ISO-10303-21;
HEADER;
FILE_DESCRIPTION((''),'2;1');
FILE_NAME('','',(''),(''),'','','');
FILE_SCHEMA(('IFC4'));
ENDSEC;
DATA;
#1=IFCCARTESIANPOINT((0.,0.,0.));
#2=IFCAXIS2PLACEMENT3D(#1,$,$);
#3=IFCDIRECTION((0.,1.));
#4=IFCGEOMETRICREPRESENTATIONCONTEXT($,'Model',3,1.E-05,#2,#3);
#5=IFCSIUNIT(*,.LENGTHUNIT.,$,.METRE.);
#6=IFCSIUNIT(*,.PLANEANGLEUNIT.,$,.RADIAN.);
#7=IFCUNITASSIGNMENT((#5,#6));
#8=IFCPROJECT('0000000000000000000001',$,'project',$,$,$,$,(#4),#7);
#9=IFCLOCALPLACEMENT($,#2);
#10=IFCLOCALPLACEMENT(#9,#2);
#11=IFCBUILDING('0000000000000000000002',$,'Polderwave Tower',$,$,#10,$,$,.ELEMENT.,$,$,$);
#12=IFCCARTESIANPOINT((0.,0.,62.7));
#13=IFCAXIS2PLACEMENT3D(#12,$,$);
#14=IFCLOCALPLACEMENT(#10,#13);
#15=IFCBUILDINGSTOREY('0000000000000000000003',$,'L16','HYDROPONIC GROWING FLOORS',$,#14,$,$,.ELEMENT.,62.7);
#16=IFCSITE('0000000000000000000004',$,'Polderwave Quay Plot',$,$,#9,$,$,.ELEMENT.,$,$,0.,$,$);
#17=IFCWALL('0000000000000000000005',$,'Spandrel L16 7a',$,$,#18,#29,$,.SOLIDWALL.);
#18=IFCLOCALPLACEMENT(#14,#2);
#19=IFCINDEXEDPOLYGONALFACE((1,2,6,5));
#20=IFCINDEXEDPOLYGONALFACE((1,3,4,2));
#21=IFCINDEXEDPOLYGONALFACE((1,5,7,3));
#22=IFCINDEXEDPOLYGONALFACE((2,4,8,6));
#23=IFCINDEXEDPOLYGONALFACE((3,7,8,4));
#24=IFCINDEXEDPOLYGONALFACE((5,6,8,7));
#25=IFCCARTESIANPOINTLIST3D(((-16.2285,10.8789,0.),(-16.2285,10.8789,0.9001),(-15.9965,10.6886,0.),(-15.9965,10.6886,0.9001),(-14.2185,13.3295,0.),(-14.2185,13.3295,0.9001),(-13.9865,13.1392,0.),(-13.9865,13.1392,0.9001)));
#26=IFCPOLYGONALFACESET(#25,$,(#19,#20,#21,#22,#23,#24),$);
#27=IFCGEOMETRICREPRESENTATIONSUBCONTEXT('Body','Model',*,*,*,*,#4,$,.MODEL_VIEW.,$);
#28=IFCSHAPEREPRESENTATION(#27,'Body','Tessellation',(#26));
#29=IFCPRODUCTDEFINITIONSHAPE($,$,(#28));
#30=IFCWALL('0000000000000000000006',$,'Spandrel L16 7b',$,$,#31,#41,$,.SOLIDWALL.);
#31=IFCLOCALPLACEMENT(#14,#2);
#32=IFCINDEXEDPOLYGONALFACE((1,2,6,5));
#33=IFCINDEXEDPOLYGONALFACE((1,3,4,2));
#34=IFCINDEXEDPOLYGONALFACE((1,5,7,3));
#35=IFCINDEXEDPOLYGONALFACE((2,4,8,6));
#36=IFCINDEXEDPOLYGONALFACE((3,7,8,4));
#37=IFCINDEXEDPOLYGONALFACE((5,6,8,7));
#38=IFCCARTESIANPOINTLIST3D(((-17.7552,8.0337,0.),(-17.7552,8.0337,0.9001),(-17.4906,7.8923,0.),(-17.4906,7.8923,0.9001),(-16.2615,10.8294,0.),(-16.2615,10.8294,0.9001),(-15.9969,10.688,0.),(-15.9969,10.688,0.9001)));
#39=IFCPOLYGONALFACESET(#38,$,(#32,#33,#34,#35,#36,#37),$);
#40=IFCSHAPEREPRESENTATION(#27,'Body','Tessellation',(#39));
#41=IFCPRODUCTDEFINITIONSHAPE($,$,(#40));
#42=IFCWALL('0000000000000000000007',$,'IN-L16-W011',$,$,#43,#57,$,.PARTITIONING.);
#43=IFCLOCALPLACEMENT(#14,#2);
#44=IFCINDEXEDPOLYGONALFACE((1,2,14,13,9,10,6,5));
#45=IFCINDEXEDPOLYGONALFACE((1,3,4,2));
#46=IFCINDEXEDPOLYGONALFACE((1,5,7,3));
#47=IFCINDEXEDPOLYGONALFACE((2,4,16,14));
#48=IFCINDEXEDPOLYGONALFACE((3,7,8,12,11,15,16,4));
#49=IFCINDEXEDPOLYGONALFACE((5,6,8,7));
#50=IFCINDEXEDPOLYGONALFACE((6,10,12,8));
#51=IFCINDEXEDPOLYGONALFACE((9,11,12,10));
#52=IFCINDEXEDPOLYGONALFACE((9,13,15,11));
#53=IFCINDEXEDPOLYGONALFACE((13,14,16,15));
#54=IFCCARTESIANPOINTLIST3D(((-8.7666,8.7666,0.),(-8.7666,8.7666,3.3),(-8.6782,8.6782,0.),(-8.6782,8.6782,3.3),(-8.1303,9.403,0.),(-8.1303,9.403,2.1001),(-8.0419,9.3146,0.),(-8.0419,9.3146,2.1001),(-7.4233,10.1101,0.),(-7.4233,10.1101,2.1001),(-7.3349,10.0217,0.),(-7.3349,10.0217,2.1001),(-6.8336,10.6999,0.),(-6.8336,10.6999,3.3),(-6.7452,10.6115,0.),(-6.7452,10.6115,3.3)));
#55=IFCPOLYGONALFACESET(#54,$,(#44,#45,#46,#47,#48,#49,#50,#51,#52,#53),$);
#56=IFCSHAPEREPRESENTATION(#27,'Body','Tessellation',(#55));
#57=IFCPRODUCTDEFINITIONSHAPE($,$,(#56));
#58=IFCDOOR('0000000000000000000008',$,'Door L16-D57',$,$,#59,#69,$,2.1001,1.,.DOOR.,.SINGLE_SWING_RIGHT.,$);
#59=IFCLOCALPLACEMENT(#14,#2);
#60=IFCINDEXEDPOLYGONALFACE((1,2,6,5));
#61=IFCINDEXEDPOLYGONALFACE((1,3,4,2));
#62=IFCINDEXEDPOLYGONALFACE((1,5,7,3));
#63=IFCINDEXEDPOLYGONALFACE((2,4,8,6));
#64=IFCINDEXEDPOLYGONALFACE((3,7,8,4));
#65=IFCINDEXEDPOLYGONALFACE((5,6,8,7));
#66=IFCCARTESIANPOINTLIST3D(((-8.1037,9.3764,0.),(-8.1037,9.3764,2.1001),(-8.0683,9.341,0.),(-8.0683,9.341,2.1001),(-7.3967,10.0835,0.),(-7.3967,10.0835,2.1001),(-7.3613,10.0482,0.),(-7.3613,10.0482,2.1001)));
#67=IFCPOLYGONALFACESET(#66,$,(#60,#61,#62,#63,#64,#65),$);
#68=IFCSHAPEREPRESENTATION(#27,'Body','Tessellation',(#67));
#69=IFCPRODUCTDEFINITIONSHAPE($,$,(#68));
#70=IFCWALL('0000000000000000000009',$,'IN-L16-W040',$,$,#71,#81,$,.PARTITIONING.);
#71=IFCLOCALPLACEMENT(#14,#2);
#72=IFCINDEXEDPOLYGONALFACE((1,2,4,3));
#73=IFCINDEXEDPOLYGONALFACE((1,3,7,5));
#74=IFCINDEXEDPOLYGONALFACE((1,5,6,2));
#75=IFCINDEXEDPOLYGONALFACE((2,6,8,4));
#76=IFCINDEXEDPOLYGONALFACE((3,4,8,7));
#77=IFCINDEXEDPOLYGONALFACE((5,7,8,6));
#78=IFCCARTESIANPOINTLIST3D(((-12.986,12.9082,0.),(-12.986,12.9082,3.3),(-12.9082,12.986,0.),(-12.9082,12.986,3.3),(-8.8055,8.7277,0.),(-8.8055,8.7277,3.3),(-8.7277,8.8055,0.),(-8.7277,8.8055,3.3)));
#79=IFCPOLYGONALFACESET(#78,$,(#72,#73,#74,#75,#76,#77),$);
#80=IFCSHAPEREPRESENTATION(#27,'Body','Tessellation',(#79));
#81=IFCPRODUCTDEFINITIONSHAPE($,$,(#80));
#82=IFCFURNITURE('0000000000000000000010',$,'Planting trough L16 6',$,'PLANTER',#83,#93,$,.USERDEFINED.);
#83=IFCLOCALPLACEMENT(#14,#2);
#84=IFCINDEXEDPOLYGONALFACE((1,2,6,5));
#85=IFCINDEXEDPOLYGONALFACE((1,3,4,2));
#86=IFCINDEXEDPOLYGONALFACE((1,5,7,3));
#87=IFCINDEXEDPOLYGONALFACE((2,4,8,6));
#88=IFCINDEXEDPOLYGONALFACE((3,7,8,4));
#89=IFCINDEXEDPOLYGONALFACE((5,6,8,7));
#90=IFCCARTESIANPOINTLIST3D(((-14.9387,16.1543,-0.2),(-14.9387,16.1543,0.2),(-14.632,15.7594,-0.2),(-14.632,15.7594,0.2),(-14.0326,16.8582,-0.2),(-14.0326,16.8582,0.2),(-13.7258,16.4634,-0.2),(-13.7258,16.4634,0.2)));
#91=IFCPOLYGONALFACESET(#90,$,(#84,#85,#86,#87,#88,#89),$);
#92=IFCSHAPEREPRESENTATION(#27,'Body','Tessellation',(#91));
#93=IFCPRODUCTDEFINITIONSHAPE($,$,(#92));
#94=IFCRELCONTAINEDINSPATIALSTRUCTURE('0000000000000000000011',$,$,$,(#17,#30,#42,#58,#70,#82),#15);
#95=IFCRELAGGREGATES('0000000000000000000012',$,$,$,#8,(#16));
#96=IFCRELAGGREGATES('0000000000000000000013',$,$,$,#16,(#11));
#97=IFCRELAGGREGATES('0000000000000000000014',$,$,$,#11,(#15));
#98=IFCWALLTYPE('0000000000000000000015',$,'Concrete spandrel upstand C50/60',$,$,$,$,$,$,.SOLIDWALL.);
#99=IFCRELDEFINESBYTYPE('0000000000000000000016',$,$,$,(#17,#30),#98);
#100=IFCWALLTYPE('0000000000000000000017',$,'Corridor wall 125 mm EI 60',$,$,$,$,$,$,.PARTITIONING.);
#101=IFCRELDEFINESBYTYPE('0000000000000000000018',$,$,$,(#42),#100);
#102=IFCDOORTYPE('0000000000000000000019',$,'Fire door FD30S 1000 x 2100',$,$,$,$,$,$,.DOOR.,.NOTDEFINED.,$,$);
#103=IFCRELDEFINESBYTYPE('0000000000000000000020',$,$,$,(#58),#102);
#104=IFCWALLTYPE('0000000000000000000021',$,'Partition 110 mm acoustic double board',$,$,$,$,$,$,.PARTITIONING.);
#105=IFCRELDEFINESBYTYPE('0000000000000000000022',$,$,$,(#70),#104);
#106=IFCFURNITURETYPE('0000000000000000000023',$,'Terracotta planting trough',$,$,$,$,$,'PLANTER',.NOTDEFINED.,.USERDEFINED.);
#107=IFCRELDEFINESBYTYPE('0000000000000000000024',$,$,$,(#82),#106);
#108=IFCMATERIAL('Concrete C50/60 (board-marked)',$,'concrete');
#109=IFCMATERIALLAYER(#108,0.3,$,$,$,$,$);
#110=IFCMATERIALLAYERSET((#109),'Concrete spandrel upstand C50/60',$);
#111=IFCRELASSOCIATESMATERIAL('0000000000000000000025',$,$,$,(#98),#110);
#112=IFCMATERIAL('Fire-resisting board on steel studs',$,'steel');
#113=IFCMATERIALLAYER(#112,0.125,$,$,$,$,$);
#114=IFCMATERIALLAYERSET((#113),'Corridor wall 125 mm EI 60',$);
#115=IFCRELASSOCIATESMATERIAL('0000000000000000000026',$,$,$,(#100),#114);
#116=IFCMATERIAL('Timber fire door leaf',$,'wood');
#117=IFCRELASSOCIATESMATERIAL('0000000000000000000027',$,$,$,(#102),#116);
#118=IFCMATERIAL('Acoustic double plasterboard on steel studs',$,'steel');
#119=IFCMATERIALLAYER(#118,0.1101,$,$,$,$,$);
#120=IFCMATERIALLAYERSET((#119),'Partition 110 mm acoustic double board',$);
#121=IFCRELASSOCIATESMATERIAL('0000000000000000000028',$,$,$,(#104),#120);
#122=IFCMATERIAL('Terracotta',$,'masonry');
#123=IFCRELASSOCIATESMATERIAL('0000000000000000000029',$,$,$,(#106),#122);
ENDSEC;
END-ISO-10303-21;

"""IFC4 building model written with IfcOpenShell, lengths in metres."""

from ifc_helpers import new_model, si_unit, direction, frame, frame_2d, origin, origin_2d, place, context, subcontext, project, spatial, rectangle, extrude, material, layer, layer_set, type_object, element, fill, save


model = new_model("IFC4")

# Units and contexts
model_context = context("Model", 3, precision=1e-05, world=origin(), true_north=direction((0.0, 1.0)))
body_context = subcontext(model_context, "Body", "Model", "MODEL_VIEW")
ifc_project = project(units=[si_unit("LENGTHUNIT", "METRE"), si_unit("PLANEANGLEUNIT", "RADIAN")], contexts=[model_context])

# Site, building, storey
site_placement = place(None, origin())
site = spatial("IfcSite", under=ifc_project, at=site_placement, Name="Polderwave Quay Plot", CompositionType="ELEMENT", RefElevation=0.0)
building_placement = place(site_placement, origin())
building = spatial("IfcBuilding", under=site, at=building_placement, Name="Polderwave Tower", CompositionType="ELEMENT")
storey_placement = place(building_placement, frame((0.0, 0.0, 62.7)))
storey = spatial("IfcBuildingStorey", under=building, at=storey_placement, Name="L16", Description="HYDROPONIC GROWING FLOORS", CompositionType="ELEMENT", Elevation=62.7)

# Walls
ifc_material_1 = material(Name="Concrete C50/60 (board-marked)", Category="concrete")
ifc_layer_1 = layer(ifc_material_1, 0.3)
ifc_layer_set_1 = layer_set([ifc_layer_1], Name="Concrete spandrel upstand C50/60")
wall_type_1 = type_object("IfcWallType", Name="Concrete spandrel upstand C50/60", PredefinedType="SOLIDWALL", material=ifc_layer_set_1)
for number, where, z_axis, x_axis, name in (
    (1, (-14.1025, 13.2344, 0.0), (0.0, 0.0, 1.0), (-0.634164, -0.773198, 0.0), "Spandrel L16 7a"),
):
    element("IfcWall", number, at=place(storey_placement, frame(where, z_axis=z_axis, x_axis=x_axis)), inside=storey, type_object=wall_type_1, Name=name, PredefinedType="SOLIDWALL", context=body_context, shape_type="SweptSolid", body=[
        extrude(rectangle(XDim=3.1694, YDim=0.3, at=frame_2d((1.5847, 0.0))), origin(), (0.0, 0.0, 1.0), 0.9001),
    ])
wall_1_placement = place(storey_placement, frame((-16.1292, 10.7588, 0.0), z_axis=(0.0, 0.0, 1.0), x_axis=(-0.471236, -0.882007, 0.0)))
element("IfcWall", 2, at=wall_1_placement, inside=storey, type_object=wall_type_1, Name="Spandrel L16 7b", PredefinedType="SOLIDWALL", context=body_context, shape_type="SweptSolid", body=[
    extrude(rectangle(XDim=3.1697, YDim=0.3, at=frame_2d((1.585, 0.0))), origin(), (0.0, 0.0, 1.0), 0.9001),
])

# Wall, opening, door
ifc_material_2 = material(Name="Fire-resisting board on steel studs", Category="steel")
ifc_layer_2 = layer(ifc_material_2, 0.125)
ifc_layer_set_2 = layer_set([ifc_layer_2], Name="Corridor wall 125 mm EI 60")
wall_type_2 = type_object("IfcWallType", Name="Corridor wall 125 mm EI 60", PredefinedType="PARTITIONING", material=ifc_layer_set_2)
wall_2_placement = place(storey_placement, frame((-8.7224, 8.7224, 0.0), z_axis=(0.0, 0.0, 1.0), x_axis=(0.707062, 0.707151, 0.0)))
wall_2 = element("IfcWall", 3, at=wall_2_placement, inside=storey, type_object=wall_type_2, Name="IN-L16-W011", PredefinedType="PARTITIONING", context=body_context, shape_type="SweptSolid", body=[
    extrude(rectangle(XDim=2.7339, YDim=0.125, at=frame_2d((1.3669, 0.0))), origin(), (0.0, 0.0, 1.0), 3.3),
])
opening_placement = place(wall_2_placement, frame((0.8999, 0.0, 0.0)))
opening = element("IfcOpeningElement", 4, at=opening_placement, cuts=wall_2, PredefinedType="OPENING", context=body_context, shape_type="SweptSolid", body=[
    extrude(rectangle(XDim=1.0, YDim=2.1001, at=frame_2d((0.5, 1.05))), frame((0.0, 0.0725, 0.0), z_axis=(0.0, -1.0, 0.0), x_axis=(1.0, 0.0, 0.0)), (0.0, 0.0, 1.0), 0.145),
])
ifc_material_3 = material(Name="Timber fire door leaf", Category="wood")
door_type = type_object("IfcDoorType", Name="Fire door FD30S 1000 x 2100", OperationType="NOTDEFINED", PredefinedType="DOOR", material=ifc_material_3)
door_placement = place(opening_placement, origin())
door = element("IfcDoor", 5, at=door_placement, inside=storey, type_object=door_type, Name="Door L16-D57", OperationType="SINGLE_SWING_RIGHT", OverallHeight=2.1001, OverallWidth=1.0, PredefinedType="DOOR", context=body_context, shape_type="SweptSolid", body=[
    extrude(rectangle(XDim=1.0, YDim=2.1001, at=frame_2d((0.5, 1.05))), frame((0.0, 0.0249, 0.0), z_axis=(0.0, -1.0, 0.0), x_axis=(1.0, 0.0, 0.0)), (0.0, 0.0, 1.0), 0.05),
])
fill(opening, door)

# Wall
ifc_material_4 = material(Name="Acoustic double plasterboard on steel studs", Category="steel")
ifc_layer_3 = layer(ifc_material_4, 0.1101)
ifc_layer_set_3 = layer_set([ifc_layer_3], Name="Partition 110 mm acoustic double board")
wall_type_3 = type_object("IfcWallType", Name="Partition 110 mm acoustic double board", PredefinedType="PARTITIONING", material=ifc_layer_set_3)
wall_3_placement = place(storey_placement, frame((-8.7666, 8.7666, 0.0), z_axis=(0.0, 0.0, 1.0), x_axis=(-0.707107, 0.707107, 0.0)))
element("IfcWall", 6, at=wall_3_placement, inside=storey, type_object=wall_type_3, Name="IN-L16-W040", PredefinedType="PARTITIONING", context=body_context, shape_type="SweptSolid", body=[
    extrude(rectangle(XDim=5.9121, YDim=0.1101, at=frame_2d((2.9561, 0.0))), origin(), (0.0, 0.0, 1.0), 3.3),
])

# Furniture
ifc_material_5 = material(Name="Terracotta", Category="masonry")
furniture_type = type_object("IfcFurnitureType", Name="Terracotta planting trough", ElementType="PLANTER", AssemblyPlace="NOTDEFINED", PredefinedType="USERDEFINED", material=ifc_material_5)
furniture_placement = place(storey_placement, frame((-14.3323, 16.3088, -0.2), z_axis=(0.0, 0.0, 1.0), x_axis=(-0.789691, -0.613505, 0.0)))
element("IfcFurniture", 7, at=furniture_placement, inside=storey, type_object=furniture_type, Name="Planting trough L16 6", ObjectType="PLANTER", PredefinedType="USERDEFINED", context=body_context, shape_type="SweptSolid", body=[
    extrude(rectangle(XDim=1.1475, YDim=0.5, at=origin_2d()), origin(), (0.0, 0.0, 1.0), 0.3999),
])

save(model, "model.ifc")
